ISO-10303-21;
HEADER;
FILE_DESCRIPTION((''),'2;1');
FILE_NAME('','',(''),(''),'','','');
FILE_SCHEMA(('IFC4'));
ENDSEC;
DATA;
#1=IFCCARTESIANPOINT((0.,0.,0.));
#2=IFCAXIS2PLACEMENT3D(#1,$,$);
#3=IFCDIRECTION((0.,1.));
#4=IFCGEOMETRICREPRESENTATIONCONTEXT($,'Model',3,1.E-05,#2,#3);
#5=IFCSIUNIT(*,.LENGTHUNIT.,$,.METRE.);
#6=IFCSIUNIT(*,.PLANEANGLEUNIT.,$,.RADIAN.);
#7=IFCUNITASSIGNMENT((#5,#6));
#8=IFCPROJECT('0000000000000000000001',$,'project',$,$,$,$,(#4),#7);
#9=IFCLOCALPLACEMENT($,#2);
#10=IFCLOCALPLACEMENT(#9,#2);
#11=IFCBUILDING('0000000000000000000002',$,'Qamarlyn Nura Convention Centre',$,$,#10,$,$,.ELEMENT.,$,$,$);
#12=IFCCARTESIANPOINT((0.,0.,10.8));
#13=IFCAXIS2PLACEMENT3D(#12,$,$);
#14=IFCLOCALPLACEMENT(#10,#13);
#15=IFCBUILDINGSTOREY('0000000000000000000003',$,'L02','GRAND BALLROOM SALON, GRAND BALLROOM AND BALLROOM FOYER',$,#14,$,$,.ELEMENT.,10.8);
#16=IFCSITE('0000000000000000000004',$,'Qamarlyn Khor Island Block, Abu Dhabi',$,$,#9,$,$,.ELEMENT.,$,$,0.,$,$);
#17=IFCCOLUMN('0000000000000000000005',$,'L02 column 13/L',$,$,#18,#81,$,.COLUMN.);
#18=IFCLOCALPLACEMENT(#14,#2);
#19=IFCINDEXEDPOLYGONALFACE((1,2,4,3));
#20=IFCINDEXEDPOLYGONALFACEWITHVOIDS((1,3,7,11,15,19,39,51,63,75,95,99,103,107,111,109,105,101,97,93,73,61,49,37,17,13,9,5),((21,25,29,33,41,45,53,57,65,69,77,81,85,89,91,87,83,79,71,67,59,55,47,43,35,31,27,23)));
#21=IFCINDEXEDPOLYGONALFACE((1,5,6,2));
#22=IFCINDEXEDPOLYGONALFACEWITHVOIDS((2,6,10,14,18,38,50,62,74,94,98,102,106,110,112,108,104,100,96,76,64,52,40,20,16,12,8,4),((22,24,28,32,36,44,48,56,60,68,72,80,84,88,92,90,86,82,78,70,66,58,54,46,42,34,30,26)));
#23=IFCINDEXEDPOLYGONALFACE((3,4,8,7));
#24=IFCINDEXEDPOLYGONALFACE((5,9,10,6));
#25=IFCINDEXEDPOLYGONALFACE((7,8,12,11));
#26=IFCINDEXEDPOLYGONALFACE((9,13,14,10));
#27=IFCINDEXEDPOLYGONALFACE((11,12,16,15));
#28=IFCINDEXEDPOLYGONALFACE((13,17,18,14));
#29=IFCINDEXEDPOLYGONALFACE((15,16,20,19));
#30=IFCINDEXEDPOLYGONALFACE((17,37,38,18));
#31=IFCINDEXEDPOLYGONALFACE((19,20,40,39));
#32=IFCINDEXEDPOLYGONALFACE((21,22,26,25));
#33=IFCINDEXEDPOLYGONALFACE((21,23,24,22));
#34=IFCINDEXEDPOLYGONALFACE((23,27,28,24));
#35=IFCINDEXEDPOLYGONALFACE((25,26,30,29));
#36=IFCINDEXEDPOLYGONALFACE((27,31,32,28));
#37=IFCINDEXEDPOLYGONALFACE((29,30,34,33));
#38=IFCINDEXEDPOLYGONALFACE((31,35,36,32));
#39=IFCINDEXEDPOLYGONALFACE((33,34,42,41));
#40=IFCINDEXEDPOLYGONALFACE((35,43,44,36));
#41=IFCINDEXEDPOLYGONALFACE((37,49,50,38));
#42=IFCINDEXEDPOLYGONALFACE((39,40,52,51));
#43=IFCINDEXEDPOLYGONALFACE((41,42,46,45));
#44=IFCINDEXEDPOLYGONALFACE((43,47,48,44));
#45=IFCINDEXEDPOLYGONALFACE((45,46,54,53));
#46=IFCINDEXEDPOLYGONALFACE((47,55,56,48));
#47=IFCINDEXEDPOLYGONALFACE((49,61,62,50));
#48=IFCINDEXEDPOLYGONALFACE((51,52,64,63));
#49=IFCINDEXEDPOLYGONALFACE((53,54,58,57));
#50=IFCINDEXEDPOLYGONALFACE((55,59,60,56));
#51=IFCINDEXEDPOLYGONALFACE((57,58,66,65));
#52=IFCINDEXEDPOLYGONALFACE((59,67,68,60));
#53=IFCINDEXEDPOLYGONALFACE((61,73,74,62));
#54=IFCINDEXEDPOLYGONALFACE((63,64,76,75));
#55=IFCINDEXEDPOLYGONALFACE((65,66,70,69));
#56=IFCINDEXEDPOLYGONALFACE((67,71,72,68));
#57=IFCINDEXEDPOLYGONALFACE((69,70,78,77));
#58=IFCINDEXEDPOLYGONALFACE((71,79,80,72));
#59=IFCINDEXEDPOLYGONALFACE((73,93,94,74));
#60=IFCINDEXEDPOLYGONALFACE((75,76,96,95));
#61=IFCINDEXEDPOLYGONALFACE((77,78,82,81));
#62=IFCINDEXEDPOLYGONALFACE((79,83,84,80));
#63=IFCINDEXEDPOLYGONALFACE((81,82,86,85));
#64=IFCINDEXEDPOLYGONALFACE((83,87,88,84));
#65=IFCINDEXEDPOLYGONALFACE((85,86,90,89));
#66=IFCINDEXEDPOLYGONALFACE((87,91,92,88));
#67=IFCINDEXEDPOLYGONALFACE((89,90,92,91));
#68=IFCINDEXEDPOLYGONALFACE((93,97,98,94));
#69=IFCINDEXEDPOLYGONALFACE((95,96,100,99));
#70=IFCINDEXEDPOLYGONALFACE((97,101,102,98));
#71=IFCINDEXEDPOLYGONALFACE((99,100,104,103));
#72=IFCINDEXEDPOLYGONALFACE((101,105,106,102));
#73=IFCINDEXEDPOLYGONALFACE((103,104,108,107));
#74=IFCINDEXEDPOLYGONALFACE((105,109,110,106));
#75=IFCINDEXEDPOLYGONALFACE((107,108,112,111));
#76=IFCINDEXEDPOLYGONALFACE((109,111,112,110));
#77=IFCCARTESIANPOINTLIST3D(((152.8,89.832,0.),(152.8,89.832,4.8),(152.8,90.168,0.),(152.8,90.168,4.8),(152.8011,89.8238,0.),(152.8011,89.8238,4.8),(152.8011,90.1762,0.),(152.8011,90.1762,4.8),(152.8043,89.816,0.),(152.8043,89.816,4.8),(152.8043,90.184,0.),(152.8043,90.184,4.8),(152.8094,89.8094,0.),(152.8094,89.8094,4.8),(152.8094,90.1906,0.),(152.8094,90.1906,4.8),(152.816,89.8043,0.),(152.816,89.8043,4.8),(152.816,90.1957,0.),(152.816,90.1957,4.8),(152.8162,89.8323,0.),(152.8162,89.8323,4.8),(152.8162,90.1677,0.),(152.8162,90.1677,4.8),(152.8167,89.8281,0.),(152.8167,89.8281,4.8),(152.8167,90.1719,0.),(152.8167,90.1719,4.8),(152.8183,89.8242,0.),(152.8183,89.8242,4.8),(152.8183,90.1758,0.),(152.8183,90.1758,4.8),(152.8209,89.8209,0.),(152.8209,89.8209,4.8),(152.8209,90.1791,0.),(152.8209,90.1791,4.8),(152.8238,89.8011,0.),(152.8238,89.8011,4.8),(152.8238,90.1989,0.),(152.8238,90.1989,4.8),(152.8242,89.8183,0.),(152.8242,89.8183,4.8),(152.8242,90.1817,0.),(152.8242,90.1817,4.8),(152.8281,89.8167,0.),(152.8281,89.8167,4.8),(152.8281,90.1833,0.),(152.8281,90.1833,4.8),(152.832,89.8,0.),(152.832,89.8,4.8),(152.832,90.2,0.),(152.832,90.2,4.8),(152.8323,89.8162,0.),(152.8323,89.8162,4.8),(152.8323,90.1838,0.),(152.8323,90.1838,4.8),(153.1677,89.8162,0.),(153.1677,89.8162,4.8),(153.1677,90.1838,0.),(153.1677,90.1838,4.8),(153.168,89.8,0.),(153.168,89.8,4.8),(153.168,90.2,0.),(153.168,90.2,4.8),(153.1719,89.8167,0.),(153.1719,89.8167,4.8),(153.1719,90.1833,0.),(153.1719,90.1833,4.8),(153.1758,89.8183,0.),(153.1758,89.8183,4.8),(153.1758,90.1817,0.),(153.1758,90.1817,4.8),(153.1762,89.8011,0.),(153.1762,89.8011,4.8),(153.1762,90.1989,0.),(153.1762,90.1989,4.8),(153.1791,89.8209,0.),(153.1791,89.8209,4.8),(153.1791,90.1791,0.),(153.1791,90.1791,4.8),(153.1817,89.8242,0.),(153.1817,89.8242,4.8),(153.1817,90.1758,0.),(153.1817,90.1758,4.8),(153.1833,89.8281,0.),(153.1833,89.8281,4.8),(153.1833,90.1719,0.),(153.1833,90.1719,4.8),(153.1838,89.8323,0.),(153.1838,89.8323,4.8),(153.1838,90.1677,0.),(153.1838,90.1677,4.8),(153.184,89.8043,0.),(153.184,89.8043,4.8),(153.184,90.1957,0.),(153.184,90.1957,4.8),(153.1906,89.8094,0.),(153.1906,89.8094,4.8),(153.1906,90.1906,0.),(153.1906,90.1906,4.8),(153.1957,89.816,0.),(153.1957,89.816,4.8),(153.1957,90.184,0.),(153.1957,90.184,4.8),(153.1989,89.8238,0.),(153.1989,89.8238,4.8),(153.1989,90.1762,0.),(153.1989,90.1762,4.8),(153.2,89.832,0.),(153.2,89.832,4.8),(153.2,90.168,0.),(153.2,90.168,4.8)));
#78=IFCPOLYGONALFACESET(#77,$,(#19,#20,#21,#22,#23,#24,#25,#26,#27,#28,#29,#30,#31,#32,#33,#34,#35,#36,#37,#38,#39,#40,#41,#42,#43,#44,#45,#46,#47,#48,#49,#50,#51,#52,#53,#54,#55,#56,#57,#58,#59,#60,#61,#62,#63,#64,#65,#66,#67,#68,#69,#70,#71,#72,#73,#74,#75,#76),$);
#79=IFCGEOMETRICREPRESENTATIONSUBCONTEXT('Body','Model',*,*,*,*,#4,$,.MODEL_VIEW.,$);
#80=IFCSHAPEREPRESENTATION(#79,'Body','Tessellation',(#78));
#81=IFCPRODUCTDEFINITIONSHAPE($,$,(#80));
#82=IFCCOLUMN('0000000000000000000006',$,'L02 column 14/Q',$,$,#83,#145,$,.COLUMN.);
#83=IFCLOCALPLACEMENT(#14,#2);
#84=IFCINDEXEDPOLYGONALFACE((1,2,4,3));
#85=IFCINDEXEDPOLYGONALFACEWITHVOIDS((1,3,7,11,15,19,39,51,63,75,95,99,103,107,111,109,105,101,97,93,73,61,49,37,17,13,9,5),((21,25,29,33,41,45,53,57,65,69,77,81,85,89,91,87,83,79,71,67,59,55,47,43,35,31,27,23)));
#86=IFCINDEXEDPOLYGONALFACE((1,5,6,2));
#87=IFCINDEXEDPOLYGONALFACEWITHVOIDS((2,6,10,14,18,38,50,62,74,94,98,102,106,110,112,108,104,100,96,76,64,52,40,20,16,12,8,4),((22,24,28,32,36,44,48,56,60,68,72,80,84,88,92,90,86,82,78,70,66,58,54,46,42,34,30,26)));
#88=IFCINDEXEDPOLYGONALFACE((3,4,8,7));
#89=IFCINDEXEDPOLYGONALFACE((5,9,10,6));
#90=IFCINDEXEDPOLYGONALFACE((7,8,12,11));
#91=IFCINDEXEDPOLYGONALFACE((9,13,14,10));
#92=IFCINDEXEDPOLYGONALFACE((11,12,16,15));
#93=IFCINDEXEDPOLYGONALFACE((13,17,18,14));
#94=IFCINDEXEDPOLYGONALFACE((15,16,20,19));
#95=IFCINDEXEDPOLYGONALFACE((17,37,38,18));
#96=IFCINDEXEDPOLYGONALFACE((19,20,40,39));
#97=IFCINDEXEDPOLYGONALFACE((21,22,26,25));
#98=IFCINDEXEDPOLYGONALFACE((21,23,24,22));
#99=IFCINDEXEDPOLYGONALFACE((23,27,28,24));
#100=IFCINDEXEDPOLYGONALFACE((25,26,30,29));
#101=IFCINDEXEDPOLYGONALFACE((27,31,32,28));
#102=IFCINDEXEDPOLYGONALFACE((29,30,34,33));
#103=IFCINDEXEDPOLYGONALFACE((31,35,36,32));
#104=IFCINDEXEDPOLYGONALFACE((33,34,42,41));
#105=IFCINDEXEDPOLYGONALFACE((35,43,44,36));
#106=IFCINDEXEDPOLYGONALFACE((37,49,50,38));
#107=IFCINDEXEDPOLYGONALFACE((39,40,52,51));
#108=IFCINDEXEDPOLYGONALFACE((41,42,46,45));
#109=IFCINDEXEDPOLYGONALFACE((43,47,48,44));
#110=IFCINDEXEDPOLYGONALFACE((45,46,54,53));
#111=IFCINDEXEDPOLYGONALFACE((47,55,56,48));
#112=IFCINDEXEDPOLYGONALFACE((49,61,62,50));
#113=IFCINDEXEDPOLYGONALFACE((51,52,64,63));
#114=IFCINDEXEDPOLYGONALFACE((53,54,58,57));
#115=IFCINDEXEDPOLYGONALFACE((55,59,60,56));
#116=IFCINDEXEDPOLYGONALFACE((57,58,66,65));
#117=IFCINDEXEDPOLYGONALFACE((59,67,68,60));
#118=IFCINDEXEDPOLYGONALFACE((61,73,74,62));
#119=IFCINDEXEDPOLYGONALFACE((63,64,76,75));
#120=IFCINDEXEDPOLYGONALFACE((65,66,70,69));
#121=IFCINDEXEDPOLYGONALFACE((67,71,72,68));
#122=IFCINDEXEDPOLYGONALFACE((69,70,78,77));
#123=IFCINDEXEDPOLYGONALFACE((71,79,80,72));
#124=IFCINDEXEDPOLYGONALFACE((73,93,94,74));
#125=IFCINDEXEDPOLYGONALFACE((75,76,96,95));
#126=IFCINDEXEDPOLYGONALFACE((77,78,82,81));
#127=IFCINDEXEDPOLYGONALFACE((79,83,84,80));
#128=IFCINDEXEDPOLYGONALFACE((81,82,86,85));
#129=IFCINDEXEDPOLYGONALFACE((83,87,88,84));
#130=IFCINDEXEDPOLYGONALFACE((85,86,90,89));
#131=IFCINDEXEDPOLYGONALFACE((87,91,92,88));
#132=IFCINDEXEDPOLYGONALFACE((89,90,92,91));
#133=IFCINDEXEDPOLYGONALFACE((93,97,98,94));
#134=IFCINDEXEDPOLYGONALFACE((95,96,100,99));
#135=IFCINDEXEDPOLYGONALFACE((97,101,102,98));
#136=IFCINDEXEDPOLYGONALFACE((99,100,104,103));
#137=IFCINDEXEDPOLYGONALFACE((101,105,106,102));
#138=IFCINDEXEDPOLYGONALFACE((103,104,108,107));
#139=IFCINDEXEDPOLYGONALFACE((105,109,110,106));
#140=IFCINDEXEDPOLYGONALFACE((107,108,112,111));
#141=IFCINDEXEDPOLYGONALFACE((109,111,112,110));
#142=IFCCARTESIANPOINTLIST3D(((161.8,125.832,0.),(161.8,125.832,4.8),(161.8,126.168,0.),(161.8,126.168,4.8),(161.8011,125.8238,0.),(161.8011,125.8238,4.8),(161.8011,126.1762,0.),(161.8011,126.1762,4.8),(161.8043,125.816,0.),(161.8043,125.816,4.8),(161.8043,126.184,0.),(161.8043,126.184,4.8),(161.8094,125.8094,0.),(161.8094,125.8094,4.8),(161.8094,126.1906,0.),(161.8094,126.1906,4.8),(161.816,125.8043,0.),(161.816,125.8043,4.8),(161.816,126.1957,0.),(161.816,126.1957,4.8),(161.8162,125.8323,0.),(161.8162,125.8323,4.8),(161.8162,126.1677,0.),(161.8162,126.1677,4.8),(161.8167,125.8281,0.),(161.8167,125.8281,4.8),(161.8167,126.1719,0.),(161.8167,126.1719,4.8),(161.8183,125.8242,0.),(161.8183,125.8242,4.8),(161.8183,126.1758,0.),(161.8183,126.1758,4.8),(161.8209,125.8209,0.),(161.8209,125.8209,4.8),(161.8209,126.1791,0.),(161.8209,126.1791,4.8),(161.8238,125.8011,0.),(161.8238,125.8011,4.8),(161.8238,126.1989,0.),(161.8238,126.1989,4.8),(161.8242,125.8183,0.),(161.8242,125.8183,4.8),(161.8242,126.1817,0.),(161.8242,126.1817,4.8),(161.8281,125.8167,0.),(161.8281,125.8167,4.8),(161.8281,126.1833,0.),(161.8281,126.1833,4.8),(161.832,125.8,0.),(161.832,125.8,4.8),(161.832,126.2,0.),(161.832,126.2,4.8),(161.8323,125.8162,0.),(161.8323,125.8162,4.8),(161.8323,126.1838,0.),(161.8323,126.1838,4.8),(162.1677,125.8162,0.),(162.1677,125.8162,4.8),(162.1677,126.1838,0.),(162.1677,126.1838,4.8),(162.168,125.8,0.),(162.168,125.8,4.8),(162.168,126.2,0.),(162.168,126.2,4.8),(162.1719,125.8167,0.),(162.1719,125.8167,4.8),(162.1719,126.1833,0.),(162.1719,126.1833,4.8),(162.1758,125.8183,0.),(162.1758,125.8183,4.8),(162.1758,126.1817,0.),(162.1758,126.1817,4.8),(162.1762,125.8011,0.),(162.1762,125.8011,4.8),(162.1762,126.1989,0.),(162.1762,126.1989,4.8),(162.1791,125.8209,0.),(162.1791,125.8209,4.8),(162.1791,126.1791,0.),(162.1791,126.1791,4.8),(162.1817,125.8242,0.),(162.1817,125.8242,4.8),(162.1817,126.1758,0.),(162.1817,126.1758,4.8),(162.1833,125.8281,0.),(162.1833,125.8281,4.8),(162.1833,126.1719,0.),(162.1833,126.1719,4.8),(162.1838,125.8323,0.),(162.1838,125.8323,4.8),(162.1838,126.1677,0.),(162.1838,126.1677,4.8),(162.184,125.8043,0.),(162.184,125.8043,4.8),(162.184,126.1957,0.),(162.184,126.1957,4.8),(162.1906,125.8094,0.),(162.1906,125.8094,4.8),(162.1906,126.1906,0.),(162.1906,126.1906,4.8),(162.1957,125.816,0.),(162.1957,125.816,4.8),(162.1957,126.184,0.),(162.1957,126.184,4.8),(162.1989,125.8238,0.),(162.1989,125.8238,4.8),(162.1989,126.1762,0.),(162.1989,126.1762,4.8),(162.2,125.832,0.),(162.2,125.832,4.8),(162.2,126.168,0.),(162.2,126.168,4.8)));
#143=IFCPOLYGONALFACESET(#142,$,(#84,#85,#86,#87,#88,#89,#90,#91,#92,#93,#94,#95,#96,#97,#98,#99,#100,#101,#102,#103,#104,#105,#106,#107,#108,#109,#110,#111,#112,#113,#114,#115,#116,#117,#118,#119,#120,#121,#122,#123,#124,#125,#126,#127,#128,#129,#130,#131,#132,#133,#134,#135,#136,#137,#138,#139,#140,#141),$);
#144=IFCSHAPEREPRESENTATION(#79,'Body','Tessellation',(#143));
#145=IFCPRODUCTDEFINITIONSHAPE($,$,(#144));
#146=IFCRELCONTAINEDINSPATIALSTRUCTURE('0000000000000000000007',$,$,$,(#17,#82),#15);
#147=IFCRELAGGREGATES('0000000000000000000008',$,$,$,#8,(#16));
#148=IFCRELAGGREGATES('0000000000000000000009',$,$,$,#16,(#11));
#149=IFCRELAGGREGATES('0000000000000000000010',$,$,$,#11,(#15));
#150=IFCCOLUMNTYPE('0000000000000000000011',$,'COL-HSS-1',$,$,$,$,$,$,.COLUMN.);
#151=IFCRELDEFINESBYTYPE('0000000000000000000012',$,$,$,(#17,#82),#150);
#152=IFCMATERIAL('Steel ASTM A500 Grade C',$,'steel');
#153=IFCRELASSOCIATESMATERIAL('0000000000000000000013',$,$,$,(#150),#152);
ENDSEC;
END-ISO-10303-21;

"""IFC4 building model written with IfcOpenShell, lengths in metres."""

from ifc_helpers import new_model, si_unit, direction, frame, origin, origin_2d, place, context, subcontext, project, spatial, hollow_rectangle, extrude, material, material_profile, profile_set, type_object, element, save


model = new_model("IFC4")

# Units and contexts
model_context = context("Model", 3, precision=1e-05, world=origin(), true_north=direction((0.0, 1.0)))
body_context = subcontext(model_context, "Body", "Model", "MODEL_VIEW")
ifc_project = project(units=[si_unit("LENGTHUNIT", "METRE"), si_unit("PLANEANGLEUNIT", "RADIAN")], contexts=[model_context])

# Site, building, storey
site_placement = place(None, origin())
site = spatial("IfcSite", under=ifc_project, at=site_placement, Name="Qamarlyn Khor Island Block, Abu Dhabi", CompositionType="ELEMENT", RefElevation=0.0)
building_placement = place(site_placement, origin())
building = spatial("IfcBuilding", under=site, at=building_placement, Name="Qamarlyn Nura Convention Centre", CompositionType="ELEMENT")
storey_placement = place(building_placement, frame((0.0, 0.0, 10.8)))
storey = spatial("IfcBuildingStorey", under=building, at=storey_placement, Name="L02", Description="GRAND BALLROOM SALON, GRAND BALLROOM AND BALLROOM FOYER", CompositionType="ELEMENT", Elevation=10.8)

# Columns
ifc_material_1 = material(Name="Steel ASTM A500 Grade C", Category="steel")
ifc_material_profile_1 = material_profile(ifc_material_1, hollow_rectangle(XDim=0.3999, YDim=0.3999, WallThickness=0.0161, InnerFilletRadius=0.0161, OuterFilletRadius=0.032, at=origin_2d()), Name="HSS400X400X16")
ifc_profile_set_1 = profile_set([ifc_material_profile_1], Name="Steel ASTM A500 Grade C")
column_type_1 = type_object("IfcColumnType", Name="COL-HSS-1", PredefinedType="COLUMN", material=ifc_profile_set_1)
for number, where, z_axis, x_axis, name in (
    (1, (153.0, 90.0, 0.0), (0.0, 0.0, 1.0), (1.0, 0.0, 0.0), "L02 column 13/L"),
    (2, (162.0, 126.0, 0.0), (0.0, 0.0, 1.0), (1.0, 0.0, 0.0), "L02 column 14/Q"),
):
    element("IfcColumn", number, at=place(storey_placement, frame(where, z_axis=z_axis, x_axis=x_axis)), inside=storey, type_object=column_type_1, Name=name, PredefinedType="COLUMN", context=body_context, shape_type="SweptSolid", body=[
        extrude(hollow_rectangle(XDim=0.3999, YDim=0.3999, WallThickness=0.0161, InnerFilletRadius=0.0161, OuterFilletRadius=0.032, at=origin_2d()), origin(), (0.0, 0.0, 1.0), 4.8),
    ])

save(model, "model.ifc")
